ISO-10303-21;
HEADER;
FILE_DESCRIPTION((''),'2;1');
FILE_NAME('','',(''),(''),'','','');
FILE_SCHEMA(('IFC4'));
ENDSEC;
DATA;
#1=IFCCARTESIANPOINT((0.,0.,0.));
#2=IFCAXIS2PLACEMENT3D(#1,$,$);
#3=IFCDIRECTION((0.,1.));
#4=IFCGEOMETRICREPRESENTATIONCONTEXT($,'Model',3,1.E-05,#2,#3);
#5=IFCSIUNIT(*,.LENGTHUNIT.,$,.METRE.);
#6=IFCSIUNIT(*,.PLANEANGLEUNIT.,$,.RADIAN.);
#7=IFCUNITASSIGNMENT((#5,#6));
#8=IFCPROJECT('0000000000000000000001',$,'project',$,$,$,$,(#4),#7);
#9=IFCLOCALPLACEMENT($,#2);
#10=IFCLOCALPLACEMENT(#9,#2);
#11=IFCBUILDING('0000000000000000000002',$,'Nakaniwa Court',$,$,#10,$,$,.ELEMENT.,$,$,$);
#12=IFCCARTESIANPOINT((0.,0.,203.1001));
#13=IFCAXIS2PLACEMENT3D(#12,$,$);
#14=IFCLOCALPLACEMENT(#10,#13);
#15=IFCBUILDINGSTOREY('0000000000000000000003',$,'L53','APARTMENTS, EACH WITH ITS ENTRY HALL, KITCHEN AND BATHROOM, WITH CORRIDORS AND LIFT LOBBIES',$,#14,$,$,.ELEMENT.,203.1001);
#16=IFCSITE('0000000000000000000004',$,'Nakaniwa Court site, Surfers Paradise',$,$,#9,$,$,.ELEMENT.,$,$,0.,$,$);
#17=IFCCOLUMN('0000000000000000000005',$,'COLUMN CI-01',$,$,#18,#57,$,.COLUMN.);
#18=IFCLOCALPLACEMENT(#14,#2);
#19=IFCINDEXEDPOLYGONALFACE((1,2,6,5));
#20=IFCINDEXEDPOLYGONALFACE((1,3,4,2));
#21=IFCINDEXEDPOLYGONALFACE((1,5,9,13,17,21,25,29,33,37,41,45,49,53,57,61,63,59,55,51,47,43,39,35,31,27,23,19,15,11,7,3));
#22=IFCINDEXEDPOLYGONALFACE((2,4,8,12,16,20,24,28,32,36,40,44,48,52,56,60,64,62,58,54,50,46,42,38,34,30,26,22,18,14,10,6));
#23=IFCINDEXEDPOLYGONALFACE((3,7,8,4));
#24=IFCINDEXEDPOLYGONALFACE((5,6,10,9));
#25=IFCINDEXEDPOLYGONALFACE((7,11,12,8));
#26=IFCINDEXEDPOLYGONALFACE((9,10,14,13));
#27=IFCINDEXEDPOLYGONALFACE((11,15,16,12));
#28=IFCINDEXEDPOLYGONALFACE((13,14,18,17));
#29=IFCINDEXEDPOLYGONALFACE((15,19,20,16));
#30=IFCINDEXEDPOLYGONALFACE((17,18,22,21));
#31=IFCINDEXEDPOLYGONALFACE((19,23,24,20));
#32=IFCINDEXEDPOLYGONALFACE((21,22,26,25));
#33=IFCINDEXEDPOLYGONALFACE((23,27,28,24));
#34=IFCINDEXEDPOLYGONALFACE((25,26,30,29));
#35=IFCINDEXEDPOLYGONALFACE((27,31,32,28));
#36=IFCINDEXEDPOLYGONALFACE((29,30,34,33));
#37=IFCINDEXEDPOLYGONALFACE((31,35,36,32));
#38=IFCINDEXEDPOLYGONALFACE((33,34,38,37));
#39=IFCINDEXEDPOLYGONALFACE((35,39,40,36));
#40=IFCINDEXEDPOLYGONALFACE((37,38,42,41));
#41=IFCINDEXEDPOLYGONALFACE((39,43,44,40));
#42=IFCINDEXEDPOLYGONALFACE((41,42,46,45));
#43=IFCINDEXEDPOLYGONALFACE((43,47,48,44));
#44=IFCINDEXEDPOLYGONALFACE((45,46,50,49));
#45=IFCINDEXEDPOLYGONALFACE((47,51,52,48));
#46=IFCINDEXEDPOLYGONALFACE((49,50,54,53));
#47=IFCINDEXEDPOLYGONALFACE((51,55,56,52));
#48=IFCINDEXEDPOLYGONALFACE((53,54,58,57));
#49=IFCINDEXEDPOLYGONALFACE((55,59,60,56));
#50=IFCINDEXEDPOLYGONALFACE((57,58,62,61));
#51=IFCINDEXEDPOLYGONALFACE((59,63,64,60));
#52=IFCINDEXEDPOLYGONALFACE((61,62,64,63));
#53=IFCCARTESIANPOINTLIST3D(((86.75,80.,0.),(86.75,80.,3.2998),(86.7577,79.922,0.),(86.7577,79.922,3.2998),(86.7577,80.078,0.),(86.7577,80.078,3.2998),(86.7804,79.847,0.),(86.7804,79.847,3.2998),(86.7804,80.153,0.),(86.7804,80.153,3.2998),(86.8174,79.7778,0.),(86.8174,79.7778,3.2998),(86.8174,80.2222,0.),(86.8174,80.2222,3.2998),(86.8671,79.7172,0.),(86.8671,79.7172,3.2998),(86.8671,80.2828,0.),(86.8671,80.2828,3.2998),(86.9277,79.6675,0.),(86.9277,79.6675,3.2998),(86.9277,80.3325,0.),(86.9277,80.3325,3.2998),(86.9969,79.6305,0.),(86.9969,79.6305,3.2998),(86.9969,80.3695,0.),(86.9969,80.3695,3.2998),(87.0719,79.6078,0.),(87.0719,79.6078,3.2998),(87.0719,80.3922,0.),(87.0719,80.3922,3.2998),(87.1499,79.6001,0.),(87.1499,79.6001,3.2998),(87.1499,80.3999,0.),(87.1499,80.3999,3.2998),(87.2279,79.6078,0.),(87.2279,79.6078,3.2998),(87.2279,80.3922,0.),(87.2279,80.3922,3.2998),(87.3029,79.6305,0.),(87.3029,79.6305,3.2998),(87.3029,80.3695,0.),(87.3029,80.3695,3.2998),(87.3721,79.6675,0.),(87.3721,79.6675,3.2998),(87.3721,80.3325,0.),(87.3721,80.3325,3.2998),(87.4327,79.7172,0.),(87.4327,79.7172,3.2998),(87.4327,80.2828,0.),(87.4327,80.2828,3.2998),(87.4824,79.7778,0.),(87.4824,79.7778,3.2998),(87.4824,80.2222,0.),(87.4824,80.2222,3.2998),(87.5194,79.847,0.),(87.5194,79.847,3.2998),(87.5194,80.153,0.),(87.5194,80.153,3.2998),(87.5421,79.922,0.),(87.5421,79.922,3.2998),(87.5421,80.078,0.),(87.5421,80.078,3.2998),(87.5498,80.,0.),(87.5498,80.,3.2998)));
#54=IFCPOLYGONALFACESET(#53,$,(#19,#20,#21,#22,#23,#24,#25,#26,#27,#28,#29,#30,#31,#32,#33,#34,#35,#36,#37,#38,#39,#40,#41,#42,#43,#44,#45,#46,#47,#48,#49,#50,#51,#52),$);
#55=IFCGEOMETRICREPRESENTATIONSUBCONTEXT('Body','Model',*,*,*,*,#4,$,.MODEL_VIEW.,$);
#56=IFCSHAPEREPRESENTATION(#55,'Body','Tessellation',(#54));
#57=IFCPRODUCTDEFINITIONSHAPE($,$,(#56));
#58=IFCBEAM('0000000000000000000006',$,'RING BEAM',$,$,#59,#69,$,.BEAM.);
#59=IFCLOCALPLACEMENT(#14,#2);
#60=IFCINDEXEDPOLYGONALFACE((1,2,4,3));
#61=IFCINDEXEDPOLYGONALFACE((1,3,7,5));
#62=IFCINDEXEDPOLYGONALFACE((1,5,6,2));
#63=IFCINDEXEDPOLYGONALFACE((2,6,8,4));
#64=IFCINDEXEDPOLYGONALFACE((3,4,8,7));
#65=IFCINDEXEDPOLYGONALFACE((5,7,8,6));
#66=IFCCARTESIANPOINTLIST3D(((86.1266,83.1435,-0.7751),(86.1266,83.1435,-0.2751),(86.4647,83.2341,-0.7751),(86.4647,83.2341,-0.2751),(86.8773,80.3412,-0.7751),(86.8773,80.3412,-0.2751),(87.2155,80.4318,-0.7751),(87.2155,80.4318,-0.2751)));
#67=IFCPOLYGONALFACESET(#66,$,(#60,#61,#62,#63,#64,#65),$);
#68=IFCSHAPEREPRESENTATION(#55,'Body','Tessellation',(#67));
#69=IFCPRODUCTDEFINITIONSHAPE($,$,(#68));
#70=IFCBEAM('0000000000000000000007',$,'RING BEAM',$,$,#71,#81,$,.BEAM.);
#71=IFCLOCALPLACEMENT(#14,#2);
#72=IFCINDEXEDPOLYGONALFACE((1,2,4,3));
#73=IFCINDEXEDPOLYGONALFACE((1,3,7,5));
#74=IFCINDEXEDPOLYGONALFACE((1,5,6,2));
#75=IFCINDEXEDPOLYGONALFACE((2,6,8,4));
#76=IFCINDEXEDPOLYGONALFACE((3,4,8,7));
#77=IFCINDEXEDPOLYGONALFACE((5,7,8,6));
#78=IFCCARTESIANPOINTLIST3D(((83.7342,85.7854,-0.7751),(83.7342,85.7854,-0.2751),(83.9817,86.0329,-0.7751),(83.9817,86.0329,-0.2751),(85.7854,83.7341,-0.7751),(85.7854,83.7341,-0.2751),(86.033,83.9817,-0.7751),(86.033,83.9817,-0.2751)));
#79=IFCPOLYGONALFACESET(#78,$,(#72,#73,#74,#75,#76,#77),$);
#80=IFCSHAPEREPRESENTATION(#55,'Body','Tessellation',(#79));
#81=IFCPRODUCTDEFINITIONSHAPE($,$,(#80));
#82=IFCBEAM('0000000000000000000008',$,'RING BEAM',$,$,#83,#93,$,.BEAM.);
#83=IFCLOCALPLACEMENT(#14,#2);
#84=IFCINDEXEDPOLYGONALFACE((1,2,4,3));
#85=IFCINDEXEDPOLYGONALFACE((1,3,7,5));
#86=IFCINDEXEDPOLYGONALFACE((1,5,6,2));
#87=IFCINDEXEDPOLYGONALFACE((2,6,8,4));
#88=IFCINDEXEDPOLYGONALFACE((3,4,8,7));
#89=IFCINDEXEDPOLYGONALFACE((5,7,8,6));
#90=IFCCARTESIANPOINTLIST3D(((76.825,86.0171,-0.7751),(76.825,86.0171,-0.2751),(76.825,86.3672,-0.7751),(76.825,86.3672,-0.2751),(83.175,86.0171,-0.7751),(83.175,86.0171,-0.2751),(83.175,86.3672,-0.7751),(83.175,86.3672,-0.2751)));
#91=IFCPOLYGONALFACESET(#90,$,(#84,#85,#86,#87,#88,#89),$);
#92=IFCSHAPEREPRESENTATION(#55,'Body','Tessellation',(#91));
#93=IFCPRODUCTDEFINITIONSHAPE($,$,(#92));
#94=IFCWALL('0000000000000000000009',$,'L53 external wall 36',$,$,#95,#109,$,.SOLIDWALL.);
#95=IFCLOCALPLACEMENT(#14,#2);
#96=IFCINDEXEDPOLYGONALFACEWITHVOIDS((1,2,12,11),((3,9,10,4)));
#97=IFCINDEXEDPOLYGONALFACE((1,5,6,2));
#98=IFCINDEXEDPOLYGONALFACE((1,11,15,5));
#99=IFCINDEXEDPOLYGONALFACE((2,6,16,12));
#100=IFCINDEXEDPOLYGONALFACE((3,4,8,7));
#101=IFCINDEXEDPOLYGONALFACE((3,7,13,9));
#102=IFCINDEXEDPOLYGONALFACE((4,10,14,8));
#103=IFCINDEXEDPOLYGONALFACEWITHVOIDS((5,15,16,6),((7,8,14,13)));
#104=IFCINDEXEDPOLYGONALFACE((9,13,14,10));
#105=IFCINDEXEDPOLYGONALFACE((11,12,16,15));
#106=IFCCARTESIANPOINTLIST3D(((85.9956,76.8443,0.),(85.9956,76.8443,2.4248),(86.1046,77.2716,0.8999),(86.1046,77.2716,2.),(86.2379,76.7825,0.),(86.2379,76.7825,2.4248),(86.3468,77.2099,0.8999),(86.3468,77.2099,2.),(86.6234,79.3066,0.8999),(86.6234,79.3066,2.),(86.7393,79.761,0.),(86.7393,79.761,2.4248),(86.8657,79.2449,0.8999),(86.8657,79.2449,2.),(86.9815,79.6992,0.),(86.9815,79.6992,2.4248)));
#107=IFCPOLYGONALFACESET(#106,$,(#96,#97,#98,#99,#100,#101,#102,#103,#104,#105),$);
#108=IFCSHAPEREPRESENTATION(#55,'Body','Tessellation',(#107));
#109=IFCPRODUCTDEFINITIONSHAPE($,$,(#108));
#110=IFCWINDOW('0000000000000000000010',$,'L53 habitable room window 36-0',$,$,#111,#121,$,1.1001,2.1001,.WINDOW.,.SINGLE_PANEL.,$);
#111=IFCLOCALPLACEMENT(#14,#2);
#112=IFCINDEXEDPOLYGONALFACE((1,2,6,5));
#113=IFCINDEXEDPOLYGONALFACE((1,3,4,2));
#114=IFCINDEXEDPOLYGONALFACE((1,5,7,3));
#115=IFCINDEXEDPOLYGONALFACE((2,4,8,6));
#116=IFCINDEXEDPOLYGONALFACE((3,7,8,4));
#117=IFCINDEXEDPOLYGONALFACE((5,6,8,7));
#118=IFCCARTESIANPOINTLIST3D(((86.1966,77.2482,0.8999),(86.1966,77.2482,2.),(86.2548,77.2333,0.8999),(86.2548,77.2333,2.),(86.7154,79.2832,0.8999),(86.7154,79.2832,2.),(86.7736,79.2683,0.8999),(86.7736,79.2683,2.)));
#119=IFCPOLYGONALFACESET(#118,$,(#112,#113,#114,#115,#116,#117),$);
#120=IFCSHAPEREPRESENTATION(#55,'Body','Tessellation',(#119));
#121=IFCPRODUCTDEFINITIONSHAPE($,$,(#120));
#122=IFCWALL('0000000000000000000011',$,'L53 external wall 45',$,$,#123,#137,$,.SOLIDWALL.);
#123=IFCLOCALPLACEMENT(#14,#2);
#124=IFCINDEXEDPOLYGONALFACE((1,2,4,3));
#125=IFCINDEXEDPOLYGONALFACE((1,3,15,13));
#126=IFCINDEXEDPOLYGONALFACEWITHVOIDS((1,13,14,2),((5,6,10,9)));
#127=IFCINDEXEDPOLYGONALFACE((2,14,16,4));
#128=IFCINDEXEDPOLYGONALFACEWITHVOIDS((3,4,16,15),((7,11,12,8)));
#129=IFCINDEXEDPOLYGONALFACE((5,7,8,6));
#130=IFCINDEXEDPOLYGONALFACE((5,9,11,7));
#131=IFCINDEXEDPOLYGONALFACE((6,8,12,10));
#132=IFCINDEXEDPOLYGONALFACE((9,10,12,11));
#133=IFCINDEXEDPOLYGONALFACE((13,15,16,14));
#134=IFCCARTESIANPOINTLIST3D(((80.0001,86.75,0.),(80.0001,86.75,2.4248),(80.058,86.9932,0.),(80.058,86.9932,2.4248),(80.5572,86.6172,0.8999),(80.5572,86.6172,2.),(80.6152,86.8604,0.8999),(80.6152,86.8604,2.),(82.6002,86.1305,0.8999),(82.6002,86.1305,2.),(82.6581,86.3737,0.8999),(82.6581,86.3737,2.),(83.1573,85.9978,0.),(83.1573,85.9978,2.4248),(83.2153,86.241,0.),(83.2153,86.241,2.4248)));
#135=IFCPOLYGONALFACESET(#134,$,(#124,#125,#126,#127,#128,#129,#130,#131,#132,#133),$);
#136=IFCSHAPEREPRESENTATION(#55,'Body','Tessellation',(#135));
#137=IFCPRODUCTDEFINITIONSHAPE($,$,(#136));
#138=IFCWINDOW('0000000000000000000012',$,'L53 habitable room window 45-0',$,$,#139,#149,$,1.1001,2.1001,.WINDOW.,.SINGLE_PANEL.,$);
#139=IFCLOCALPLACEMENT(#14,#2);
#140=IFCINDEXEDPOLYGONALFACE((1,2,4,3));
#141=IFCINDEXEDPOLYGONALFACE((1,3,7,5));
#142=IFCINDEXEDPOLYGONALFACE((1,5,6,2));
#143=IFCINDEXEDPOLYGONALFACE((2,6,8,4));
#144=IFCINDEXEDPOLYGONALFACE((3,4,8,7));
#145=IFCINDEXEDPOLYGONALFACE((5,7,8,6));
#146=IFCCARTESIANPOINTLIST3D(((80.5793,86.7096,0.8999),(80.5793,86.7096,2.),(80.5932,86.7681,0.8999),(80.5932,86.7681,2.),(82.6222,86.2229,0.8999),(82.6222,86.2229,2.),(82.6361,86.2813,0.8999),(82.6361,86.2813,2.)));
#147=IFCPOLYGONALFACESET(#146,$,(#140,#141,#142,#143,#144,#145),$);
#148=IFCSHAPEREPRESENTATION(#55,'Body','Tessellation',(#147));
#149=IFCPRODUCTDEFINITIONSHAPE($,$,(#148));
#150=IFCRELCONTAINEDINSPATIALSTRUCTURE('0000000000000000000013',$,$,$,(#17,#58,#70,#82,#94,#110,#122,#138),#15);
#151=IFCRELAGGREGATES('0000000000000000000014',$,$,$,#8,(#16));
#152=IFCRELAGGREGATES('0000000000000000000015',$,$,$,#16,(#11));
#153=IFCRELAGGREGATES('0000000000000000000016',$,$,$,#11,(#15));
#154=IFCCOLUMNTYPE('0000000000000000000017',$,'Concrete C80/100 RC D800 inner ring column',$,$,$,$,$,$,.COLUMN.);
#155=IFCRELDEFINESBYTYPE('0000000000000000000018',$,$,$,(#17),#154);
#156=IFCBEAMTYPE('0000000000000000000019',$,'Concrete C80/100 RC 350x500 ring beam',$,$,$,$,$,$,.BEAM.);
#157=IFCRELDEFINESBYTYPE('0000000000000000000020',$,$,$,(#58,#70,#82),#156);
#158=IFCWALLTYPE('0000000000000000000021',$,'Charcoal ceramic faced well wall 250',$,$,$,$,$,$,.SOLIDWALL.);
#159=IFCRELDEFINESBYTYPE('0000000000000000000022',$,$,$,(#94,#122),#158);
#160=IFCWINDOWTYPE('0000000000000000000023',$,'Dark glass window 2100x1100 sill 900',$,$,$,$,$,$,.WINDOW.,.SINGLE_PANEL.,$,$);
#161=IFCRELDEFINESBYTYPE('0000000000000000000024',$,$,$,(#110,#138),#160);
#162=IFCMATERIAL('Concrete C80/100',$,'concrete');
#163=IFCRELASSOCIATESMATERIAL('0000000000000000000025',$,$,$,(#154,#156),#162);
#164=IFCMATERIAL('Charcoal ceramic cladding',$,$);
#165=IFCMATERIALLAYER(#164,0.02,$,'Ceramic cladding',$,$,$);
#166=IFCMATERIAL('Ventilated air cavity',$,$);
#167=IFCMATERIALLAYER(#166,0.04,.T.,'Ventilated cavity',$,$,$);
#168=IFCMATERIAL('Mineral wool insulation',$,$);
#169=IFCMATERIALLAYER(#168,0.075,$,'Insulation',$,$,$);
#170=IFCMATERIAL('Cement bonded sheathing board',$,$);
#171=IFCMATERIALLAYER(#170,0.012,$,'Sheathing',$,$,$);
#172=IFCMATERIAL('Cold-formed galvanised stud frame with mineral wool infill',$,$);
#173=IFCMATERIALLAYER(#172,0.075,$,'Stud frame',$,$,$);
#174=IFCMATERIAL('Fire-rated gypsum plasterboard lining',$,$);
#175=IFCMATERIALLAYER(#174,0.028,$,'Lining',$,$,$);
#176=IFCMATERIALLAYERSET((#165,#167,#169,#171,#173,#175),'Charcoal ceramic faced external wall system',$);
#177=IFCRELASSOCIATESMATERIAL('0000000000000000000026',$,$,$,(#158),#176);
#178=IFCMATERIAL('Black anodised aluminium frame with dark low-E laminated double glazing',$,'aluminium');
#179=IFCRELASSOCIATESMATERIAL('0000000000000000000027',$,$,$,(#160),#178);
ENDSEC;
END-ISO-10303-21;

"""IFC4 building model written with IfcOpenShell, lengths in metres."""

from ifc_helpers import new_model, si_unit, direction, frame, frame_2d, origin, origin_2d, place, context, subcontext, project, spatial, rectangle, circle, extrude, material, layer, layer_set, material_profile, profile_set, type_object, element, fill, save


model = new_model("IFC4")

# Units and contexts
model_context = context("Model", 3, precision=1e-05, world=origin(), true_north=direction((0.0, 1.0)))
body_context = subcontext(model_context, "Body", "Model", "MODEL_VIEW")
ifc_project = project(units=[si_unit("LENGTHUNIT", "METRE"), si_unit("PLANEANGLEUNIT", "RADIAN")], contexts=[model_context])

# Site, building, storey
site_placement = place(None, origin())
site = spatial("IfcSite", under=ifc_project, at=site_placement, Name="Nakaniwa Court site, Surfers Paradise", CompositionType="ELEMENT", RefElevation=0.0)
building_placement = place(site_placement, origin())
building = spatial("IfcBuilding", under=site, at=building_placement, Name="Nakaniwa Court", CompositionType="ELEMENT")
storey_placement = place(building_placement, frame((0.0, 0.0, 203.1001)))
storey = spatial("IfcBuildingStorey", under=building, at=storey_placement, Name="L53", Description="APARTMENTS, EACH WITH ITS ENTRY HALL, KITCHEN AND BATHROOM, WITH CORRIDORS AND LIFT LOBBIES", CompositionType="ELEMENT", Elevation=203.1001)

# Column
ifc_material_1 = material(Name="Concrete C80/100", Category="concrete")
ifc_material_profile_1 = material_profile(ifc_material_1, circle(Radius=0.3999, at=origin_2d()), Name="Concrete C80/100 RC D800 inner ring column")
ifc_profile_set_1 = profile_set([ifc_material_profile_1], Name="Concrete C80/100")
column_type = type_object("IfcColumnType", Name="Concrete C80/100 RC D800 inner ring column", PredefinedType="COLUMN", material=ifc_profile_set_1)
for number, where, z_axis, x_axis, name in (
    (1, (87.1499, 80.0, 0.0), (0.0, 0.0, 1.0), (0.0, 1.0, 0.0), "COLUMN CI-01"),
):
    element("IfcColumn", number, at=place(storey_placement, frame(where, z_axis=z_axis, x_axis=x_axis)), inside=storey, type_object=column_type, Name=name, PredefinedType="COLUMN", context=body_context, shape_type="SweptSolid", body=[
        extrude(circle(Radius=0.3999, at=origin_2d()), origin(), (0.0, 0.0, 1.0), 3.2998),
    ])

# Beams
ifc_material_profile_2 = material_profile(ifc_material_1, rectangle(XDim=0.3501, YDim=0.5, at=origin_2d()), Name="Concrete C80/100 RC 350x500 ring beam")
ifc_profile_set_2 = profile_set([ifc_material_profile_2], Name="Concrete C80/100")
beam_type = type_object("IfcBeamType", Name="Concrete C80/100 RC 350x500 ring beam", PredefinedType="BEAM", material=ifc_profile_set_2)
beam_1_placement = place(storey_placement, frame((87.0464, 80.3865, -0.5251), z_axis=(-0.258778, 0.965937, 0.0), x_axis=(-0.965937, -0.258778, 0.0)))
element("IfcBeam", 2, at=beam_1_placement, inside=storey, type_object=beam_type, Name="RING BEAM", PredefinedType="BEAM", context=body_context, shape_type="SweptSolid", body=[
    extrude(rectangle(XDim=0.3501, YDim=0.5, at=origin_2d()), origin(), (0.0, 0.0, 1.0), 2.9011),
])
beam_2_placement = place(storey_placement, frame((85.9092, 83.8579, -0.5251), z_axis=(-0.707107, 0.707107, 0.0), x_axis=(-0.707107, -0.707107, 0.0)))
element("IfcBeam", 3, at=beam_2_placement, inside=storey, type_object=beam_type, Name="RING BEAM", PredefinedType="BEAM", context=body_context, shape_type="SweptSolid", body=[
    extrude(rectangle(XDim=0.3501, YDim=0.5, at=origin_2d()), origin(), (0.0, 0.0, 1.0), 2.9009),
])
beam_3_placement = place(storey_placement, frame((83.175, 86.1921, -0.5251), z_axis=(-1.0, 0.0, 0.0), x_axis=(0.0, -1.0, 0.0)))
element("IfcBeam", 4, at=beam_3_placement, inside=storey, type_object=beam_type, Name="RING BEAM", PredefinedType="BEAM", context=body_context, shape_type="SweptSolid", body=[
    extrude(rectangle(XDim=0.3501, YDim=0.5, at=origin_2d()), origin(), (0.0, 0.0, 1.0), 6.3501),
])

# Walls, openings, windows
ifc_material_2 = material(Name="Charcoal ceramic cladding")
ifc_layer_1 = layer(ifc_material_2, 0.02, Name="Ceramic cladding")
ifc_material_3 = material(Name="Ventilated air cavity")
ifc_layer_2 = layer(ifc_material_3, 0.04, ventilated=True, Name="Ventilated cavity")
ifc_material_4 = material(Name="Mineral wool insulation")
ifc_layer_3 = layer(ifc_material_4, 0.075, Name="Insulation")
ifc_material_5 = material(Name="Cement bonded sheathing board")
ifc_layer_4 = layer(ifc_material_5, 0.012, Name="Sheathing")
ifc_material_6 = material(Name="Cold-formed galvanised stud frame with mineral wool infill")
ifc_layer_5 = layer(ifc_material_6, 0.075, Name="Stud frame")
ifc_material_7 = material(Name="Fire-rated gypsum plasterboard lining")
ifc_layer_6 = layer(ifc_material_7, 0.028, Name="Lining")
ifc_layer_set_1 = layer_set([ifc_layer_1, ifc_layer_2, ifc_layer_3, ifc_layer_4, ifc_layer_5, ifc_layer_6], Name="Charcoal ceramic faced external wall system")
wall_type_1 = type_object("IfcWallType", Name="Charcoal ceramic faced well wall 250", PredefinedType="SOLIDWALL", material=ifc_layer_set_1)
wall_1_placement = place(storey_placement, frame((86.8604, 79.73, 0.0), z_axis=(0.0, 0.0, 1.0), x_axis=(-0.247056, -0.969001, 0.0)))
wall_1 = element("IfcWall", 5, at=wall_1_placement, inside=storey, type_object=wall_type_1, Name="L53 external wall 36", PredefinedType="SOLIDWALL", context=body_context, shape_type="SweptSolid", body=[
    extrude(rectangle(XDim=3.01, YDim=0.25, at=frame_2d((1.5049, 0.0))), origin(), (0.0, 0.0, 1.0), 2.4248),
])
opening_1_placement = place(wall_1_placement, frame((0.4688, 0.0, 0.8999)))
opening_1 = element("IfcOpeningElement", 6, at=opening_1_placement, cuts=wall_1, PredefinedType="OPENING", context=body_context, shape_type="SweptSolid", body=[
    extrude(rectangle(XDim=2.1001, YDim=1.1001, at=frame_2d((1.05, 0.55))), frame((0.0, 0.135, 0.0), z_axis=(0.0, -1.0, 0.0), x_axis=(1.0, 0.0, 0.0)), (0.0, 0.0, 1.0), 0.27),
])
ifc_material_8 = material(Name="Black anodised aluminium frame with dark low-E laminated double glazing", Category="aluminium")
window_type = type_object("IfcWindowType", Name="Dark glass window 2100x1100 sill 900", PartitioningType="SINGLE_PANEL", PredefinedType="WINDOW", material=ifc_material_8)
window_1_placement = place(opening_1_placement, origin())
window_1 = element("IfcWindow", 7, at=window_1_placement, inside=storey, type_object=window_type, Name="L53 habitable room window 36-0", OverallHeight=1.1001, OverallWidth=2.1001, PartitioningType="SINGLE_PANEL", PredefinedType="WINDOW", context=body_context, shape_type="SweptSolid", body=[
    extrude(rectangle(XDim=2.1001, YDim=1.1001, at=frame_2d((1.05, 0.55))), frame((0.0, 0.03, 0.0), z_axis=(0.0, -1.0, 0.0), x_axis=(1.0, 0.0, 0.0)), (0.0, 0.0, 1.0), 0.0601),
])
fill(opening_1, window_1)
wall_2_placement = place(storey_placement, frame((80.0291, 86.8716, 0.0), z_axis=(0.0, 0.0, 1.0), x_axis=(0.972773, -0.23176, 0.0)))
wall_2 = element("IfcWall", 8, at=wall_2_placement, inside=storey, type_object=wall_type_1, Name="L53 external wall 45", PredefinedType="SOLIDWALL", context=body_context, shape_type="SweptSolid", body=[
    extrude(rectangle(XDim=3.2456, YDim=0.25, at=frame_2d((1.6228, 0.0))), origin(), (0.0, 0.0, 1.0), 2.4248),
])
opening_2_placement = place(wall_2_placement, frame((0.5728, 0.0, 0.8999)))
opening_2 = element("IfcOpeningElement", 9, at=opening_2_placement, cuts=wall_2, PredefinedType="OPENING", context=body_context, shape_type="SweptSolid", body=[
    extrude(rectangle(XDim=2.1001, YDim=1.1001, at=frame_2d((1.05, 0.55))), frame((0.0, 0.135, 0.0), z_axis=(0.0, -1.0, 0.0), x_axis=(1.0, 0.0, 0.0)), (0.0, 0.0, 1.0), 0.27),
])
window_2_placement = place(opening_2_placement, origin())
window_2 = element("IfcWindow", 10, at=window_2_placement, inside=storey, type_object=window_type, Name="L53 habitable room window 45-0", OverallHeight=1.1001, OverallWidth=2.1001, PartitioningType="SINGLE_PANEL", PredefinedType="WINDOW", context=body_context, shape_type="SweptSolid", body=[
    extrude(rectangle(XDim=2.1001, YDim=1.1001, at=frame_2d((1.05, 0.55))), frame((0.0, 0.03, 0.0), z_axis=(0.0, -1.0, 0.0), x_axis=(1.0, 0.0, 0.0)), (0.0, 0.0, 1.0), 0.0601),
])
fill(opening_2, window_2)

save(model, "model.ifc")
